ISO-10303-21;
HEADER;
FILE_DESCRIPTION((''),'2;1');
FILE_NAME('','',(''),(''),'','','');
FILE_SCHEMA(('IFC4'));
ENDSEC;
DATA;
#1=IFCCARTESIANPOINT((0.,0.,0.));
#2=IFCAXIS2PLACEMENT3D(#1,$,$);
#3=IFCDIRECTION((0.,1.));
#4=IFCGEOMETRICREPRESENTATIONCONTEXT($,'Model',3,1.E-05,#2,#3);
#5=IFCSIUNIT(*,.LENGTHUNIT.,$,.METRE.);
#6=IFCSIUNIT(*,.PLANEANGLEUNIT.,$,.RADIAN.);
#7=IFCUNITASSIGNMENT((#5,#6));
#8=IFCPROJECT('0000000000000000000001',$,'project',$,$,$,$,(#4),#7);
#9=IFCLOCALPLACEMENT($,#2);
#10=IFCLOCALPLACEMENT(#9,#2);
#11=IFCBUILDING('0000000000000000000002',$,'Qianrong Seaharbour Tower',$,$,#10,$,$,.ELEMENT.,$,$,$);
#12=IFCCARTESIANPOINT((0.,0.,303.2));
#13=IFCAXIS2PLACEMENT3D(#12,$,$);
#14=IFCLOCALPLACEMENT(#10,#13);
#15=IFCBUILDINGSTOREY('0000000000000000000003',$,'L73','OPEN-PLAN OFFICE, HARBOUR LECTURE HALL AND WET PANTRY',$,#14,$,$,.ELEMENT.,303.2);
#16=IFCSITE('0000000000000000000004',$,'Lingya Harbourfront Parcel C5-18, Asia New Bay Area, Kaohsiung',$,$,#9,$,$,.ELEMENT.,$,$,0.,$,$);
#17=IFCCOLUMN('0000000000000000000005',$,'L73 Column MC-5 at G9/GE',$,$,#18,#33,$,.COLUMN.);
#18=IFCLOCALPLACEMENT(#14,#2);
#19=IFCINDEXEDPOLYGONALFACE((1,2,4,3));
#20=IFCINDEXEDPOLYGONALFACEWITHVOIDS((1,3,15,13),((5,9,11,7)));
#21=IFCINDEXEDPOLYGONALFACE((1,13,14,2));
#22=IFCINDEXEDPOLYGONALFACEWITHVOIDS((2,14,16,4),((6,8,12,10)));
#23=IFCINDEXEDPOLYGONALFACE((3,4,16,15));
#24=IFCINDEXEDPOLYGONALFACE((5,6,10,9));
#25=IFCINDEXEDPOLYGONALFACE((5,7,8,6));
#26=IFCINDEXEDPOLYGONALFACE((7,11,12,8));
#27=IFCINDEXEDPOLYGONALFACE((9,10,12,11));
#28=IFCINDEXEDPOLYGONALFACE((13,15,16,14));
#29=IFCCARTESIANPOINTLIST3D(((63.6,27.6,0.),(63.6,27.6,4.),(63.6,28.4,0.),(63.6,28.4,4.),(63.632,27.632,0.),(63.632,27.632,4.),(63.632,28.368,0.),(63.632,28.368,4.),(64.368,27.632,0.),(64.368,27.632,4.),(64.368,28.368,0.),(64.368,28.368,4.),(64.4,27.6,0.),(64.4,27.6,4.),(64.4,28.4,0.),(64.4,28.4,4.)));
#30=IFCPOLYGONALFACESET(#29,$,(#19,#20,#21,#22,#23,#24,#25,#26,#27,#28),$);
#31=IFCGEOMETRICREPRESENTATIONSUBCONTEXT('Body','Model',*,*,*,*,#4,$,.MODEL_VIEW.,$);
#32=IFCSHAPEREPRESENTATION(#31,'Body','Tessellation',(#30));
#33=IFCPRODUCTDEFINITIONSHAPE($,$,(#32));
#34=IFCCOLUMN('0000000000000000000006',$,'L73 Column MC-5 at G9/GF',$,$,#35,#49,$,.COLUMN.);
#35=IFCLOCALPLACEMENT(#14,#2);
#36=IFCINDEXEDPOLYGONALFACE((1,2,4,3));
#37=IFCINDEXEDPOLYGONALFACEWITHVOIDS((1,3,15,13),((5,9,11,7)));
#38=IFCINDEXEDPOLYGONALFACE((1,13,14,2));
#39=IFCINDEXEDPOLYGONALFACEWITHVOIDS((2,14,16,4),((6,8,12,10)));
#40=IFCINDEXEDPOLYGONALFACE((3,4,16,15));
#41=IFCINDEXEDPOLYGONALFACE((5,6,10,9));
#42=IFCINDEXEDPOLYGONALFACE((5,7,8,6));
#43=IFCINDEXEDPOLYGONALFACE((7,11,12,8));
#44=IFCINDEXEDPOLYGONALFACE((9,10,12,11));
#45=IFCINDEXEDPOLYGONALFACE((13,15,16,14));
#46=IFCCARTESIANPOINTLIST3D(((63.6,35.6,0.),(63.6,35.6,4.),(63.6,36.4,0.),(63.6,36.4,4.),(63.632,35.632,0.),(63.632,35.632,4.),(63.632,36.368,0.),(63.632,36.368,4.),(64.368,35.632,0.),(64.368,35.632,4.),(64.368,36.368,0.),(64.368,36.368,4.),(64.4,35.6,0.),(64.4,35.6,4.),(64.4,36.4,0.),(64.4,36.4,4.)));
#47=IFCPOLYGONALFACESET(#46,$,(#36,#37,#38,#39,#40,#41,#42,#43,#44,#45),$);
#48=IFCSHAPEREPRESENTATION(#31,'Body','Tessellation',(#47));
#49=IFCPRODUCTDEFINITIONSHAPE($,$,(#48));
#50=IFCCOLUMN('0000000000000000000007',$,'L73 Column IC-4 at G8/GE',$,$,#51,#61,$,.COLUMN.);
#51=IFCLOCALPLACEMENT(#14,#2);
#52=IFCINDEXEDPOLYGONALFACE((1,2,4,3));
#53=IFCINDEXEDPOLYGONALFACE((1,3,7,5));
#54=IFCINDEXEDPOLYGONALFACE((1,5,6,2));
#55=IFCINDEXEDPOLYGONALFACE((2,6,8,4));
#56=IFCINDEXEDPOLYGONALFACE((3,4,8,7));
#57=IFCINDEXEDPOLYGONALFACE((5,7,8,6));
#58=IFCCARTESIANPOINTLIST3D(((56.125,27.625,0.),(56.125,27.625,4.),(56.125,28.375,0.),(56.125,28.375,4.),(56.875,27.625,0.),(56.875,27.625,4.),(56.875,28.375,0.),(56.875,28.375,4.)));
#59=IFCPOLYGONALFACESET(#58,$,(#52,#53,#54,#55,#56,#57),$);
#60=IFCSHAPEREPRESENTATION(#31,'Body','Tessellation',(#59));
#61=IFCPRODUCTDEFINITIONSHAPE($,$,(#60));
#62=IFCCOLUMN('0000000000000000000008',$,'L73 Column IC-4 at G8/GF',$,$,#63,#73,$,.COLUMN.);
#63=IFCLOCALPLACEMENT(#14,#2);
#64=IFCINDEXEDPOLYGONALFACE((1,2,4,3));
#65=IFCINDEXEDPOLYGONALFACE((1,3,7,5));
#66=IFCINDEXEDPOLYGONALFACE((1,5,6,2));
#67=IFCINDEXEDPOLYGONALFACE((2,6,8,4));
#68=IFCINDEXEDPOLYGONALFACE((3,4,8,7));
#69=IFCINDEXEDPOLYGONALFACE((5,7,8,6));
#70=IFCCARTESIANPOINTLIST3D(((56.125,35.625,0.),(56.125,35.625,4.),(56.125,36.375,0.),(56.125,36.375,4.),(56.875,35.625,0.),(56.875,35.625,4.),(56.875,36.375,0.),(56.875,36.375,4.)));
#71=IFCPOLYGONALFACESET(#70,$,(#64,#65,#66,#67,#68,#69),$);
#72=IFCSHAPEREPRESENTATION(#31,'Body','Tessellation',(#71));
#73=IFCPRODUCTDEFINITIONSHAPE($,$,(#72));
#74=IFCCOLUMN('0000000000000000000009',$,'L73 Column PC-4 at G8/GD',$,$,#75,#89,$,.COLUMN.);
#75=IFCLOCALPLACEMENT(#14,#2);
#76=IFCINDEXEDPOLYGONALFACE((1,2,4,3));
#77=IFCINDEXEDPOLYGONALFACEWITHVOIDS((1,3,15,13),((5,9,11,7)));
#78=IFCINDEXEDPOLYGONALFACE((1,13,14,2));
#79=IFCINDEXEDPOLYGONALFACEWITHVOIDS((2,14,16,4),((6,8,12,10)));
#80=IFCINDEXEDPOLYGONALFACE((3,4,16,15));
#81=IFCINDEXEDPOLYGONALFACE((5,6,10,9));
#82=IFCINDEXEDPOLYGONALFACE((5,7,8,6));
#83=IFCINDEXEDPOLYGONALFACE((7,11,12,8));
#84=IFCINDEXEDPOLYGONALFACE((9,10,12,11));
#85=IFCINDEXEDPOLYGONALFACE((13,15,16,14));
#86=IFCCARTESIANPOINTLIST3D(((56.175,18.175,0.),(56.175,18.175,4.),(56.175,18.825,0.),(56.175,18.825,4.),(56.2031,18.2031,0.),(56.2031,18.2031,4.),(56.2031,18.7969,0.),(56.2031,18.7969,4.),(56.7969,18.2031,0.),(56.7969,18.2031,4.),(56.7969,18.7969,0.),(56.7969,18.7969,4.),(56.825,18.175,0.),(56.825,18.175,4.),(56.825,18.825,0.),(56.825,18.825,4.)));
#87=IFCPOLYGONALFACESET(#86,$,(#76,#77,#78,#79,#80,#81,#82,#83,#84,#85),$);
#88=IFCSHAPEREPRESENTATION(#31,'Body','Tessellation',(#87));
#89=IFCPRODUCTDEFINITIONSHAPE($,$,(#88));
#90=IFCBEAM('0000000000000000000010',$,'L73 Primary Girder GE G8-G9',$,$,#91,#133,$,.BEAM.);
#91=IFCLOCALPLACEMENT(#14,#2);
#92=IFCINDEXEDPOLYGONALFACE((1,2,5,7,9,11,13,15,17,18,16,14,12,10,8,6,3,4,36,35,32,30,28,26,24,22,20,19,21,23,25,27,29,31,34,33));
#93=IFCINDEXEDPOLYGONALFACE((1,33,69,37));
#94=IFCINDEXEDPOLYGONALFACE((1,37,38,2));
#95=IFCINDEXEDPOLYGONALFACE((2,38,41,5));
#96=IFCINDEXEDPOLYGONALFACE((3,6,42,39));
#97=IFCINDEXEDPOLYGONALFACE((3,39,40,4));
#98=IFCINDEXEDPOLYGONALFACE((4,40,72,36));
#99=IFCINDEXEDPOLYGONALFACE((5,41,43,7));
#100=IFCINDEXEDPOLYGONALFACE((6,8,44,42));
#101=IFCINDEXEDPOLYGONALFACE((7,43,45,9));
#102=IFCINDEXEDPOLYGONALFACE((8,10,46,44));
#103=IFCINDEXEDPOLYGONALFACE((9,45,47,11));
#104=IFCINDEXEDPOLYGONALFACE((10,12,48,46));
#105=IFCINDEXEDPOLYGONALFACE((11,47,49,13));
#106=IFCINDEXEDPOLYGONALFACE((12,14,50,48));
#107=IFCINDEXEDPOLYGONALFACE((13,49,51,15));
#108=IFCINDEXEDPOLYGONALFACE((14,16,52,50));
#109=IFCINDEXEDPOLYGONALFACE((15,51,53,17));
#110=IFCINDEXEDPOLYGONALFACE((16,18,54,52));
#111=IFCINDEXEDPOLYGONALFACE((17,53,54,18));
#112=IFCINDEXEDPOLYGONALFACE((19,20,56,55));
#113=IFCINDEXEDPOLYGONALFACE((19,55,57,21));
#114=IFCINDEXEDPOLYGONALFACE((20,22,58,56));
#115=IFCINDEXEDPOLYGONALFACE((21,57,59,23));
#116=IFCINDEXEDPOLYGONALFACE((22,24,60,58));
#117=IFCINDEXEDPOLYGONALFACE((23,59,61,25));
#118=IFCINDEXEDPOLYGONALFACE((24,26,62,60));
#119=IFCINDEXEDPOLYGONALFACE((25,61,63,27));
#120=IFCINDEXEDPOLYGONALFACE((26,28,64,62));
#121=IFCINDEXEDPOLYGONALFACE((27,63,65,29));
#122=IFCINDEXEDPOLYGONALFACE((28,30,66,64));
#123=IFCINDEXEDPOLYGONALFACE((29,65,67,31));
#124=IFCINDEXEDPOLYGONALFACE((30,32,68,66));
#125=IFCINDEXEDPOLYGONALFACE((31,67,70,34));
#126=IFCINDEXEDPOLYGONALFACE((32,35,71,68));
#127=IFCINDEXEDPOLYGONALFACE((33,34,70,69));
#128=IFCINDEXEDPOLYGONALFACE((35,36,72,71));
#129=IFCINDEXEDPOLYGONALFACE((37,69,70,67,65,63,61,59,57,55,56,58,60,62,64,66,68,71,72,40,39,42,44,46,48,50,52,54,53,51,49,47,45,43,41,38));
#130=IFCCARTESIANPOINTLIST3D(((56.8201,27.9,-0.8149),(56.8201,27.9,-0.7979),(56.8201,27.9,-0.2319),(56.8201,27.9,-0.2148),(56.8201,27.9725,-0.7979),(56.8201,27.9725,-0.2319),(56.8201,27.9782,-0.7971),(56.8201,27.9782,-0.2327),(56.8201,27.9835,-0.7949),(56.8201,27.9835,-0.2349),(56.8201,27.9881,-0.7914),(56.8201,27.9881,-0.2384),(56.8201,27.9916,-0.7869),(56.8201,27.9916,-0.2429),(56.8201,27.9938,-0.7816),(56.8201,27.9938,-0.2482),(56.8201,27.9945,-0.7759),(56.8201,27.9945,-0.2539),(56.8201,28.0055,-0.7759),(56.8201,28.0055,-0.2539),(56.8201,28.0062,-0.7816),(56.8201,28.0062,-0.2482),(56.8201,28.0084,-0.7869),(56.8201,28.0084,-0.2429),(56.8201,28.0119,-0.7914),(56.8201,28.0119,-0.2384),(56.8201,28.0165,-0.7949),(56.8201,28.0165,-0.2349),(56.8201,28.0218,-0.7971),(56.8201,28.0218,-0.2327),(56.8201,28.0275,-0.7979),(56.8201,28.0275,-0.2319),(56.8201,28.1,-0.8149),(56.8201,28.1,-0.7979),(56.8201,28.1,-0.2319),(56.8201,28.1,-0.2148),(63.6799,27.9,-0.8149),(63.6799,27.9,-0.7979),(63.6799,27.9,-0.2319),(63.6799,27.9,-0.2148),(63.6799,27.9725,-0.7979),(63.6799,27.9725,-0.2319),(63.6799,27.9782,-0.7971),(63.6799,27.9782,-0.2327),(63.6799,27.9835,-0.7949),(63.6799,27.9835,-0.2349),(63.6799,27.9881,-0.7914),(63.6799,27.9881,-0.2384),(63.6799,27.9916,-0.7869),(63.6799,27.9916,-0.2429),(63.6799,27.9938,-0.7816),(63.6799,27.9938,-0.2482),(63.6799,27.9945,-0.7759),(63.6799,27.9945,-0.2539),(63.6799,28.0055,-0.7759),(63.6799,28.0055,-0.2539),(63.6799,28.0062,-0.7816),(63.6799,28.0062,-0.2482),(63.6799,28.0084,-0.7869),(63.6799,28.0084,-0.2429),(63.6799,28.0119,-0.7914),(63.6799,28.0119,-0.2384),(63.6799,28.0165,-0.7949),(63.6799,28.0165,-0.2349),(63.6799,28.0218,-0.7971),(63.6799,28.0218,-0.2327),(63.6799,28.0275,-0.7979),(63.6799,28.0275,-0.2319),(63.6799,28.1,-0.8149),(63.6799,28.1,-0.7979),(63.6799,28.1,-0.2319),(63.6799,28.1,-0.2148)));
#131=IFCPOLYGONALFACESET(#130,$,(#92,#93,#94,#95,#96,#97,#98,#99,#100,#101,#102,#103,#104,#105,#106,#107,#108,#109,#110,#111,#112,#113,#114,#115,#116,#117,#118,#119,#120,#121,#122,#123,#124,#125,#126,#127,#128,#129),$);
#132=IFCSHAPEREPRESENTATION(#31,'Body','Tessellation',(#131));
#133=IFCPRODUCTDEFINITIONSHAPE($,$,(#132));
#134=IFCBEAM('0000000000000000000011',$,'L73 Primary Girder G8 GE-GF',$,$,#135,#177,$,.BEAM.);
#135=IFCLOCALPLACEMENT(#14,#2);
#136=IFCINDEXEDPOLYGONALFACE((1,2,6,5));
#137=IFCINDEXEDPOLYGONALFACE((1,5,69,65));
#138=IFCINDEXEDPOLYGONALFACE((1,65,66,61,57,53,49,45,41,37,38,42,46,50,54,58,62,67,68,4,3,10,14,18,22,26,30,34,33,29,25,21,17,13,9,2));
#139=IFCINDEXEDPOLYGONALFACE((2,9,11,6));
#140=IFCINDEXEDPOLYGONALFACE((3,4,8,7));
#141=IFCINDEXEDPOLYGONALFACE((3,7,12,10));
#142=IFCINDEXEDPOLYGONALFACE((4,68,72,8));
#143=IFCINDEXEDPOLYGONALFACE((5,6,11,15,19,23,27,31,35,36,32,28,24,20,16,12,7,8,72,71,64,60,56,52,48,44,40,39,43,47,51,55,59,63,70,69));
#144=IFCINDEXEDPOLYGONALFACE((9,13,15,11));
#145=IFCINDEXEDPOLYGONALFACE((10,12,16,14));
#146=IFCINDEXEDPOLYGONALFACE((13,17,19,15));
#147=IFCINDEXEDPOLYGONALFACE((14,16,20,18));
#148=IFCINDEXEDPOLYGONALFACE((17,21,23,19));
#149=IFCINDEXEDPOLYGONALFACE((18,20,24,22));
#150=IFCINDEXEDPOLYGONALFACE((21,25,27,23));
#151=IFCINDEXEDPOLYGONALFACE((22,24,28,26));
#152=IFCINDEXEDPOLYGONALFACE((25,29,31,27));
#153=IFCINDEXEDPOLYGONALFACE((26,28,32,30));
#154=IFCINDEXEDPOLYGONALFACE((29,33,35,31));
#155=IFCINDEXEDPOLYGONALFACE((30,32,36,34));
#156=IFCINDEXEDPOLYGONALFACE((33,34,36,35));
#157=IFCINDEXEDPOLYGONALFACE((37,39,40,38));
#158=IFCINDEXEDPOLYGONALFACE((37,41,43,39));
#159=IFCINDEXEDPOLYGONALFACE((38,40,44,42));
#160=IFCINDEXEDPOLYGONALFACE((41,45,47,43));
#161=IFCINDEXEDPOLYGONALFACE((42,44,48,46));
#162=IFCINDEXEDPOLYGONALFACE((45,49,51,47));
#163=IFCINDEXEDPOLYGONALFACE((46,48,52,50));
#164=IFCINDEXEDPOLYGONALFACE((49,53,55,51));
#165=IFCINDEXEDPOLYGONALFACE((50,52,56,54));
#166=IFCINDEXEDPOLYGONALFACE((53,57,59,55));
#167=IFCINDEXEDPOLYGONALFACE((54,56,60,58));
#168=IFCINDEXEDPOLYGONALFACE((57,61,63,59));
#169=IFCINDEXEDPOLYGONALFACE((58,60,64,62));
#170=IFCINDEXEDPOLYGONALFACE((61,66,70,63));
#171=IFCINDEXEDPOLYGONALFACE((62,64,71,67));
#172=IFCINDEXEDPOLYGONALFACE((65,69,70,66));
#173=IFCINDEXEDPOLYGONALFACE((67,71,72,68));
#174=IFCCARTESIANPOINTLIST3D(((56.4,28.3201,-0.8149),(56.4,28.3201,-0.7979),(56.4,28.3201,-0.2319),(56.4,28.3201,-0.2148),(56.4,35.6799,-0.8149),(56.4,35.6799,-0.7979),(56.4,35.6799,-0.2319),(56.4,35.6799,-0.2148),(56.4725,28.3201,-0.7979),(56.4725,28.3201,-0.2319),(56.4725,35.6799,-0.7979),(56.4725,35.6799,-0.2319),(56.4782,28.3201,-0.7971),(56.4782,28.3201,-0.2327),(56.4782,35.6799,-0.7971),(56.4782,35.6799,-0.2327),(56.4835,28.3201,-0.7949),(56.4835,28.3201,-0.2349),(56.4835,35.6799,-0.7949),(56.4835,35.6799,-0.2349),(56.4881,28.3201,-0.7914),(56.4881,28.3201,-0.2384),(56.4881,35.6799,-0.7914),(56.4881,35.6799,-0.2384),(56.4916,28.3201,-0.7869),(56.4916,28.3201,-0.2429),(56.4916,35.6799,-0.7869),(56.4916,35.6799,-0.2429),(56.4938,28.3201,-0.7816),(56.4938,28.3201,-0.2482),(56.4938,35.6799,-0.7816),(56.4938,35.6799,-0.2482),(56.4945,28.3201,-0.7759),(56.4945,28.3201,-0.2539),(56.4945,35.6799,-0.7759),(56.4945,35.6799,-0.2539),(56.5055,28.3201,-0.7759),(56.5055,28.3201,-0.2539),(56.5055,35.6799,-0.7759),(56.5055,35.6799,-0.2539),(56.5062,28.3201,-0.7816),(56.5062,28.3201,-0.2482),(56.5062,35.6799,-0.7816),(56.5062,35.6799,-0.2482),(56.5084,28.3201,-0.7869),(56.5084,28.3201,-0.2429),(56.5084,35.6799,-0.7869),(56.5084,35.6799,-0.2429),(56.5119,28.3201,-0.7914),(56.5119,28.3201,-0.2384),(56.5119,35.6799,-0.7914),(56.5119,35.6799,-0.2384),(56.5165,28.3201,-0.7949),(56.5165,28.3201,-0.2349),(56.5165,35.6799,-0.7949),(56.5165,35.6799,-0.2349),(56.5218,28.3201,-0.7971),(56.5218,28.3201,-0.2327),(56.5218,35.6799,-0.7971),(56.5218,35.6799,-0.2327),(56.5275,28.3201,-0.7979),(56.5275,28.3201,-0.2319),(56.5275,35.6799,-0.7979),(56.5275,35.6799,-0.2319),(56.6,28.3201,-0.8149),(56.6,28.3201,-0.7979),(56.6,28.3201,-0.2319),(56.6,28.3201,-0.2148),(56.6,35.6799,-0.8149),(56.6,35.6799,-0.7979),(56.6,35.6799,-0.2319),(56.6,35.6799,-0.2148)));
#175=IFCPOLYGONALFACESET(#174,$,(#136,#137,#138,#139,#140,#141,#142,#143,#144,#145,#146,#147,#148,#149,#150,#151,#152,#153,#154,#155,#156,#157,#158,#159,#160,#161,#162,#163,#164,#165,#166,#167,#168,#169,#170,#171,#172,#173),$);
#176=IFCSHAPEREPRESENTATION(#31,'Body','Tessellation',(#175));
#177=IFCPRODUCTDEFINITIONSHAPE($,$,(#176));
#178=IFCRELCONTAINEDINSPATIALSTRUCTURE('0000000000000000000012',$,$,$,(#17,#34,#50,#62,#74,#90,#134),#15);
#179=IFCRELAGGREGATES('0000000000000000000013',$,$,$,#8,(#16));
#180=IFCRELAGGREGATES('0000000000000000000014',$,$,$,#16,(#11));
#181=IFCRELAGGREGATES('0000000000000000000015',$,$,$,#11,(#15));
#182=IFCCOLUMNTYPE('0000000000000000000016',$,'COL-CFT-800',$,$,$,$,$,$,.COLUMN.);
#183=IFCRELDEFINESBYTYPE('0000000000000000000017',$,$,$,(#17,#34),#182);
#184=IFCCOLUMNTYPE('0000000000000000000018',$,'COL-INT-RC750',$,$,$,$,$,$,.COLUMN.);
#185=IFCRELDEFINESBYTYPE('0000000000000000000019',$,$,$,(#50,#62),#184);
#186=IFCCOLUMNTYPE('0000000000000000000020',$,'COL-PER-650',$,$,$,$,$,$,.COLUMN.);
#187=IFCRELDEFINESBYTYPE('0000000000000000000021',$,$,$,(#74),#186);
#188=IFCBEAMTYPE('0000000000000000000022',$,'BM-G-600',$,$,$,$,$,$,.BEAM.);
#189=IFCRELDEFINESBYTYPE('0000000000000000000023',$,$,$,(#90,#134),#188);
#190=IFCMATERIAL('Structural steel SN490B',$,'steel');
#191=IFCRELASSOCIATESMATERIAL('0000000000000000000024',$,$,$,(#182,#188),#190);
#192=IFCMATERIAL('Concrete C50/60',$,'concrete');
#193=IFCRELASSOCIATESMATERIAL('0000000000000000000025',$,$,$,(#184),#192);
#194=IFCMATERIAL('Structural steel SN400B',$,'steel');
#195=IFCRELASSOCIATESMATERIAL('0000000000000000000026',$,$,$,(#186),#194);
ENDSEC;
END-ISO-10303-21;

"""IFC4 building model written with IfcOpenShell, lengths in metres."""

from ifc_helpers import new_model, si_unit, direction, frame, origin, origin_2d, place, context, subcontext, project, spatial, rectangle, hollow_rectangle, i_section, extrude, material, material_profile, profile_set, type_object, element, save


model = new_model("IFC4")

# Units and contexts
model_context = context("Model", 3, precision=1e-05, world=origin(), true_north=direction((0.0, 1.0)))
body_context = subcontext(model_context, "Body", "Model", "MODEL_VIEW")
ifc_project = project(units=[si_unit("LENGTHUNIT", "METRE"), si_unit("PLANEANGLEUNIT", "RADIAN")], contexts=[model_context])

# Site, building, storey
site_placement = place(None, origin())
site = spatial("IfcSite", under=ifc_project, at=site_placement, Name="Lingya Harbourfront Parcel C5-18, Asia New Bay Area, Kaohsiung", CompositionType="ELEMENT", RefElevation=0.0)
building_placement = place(site_placement, origin())
building = spatial("IfcBuilding", under=site, at=building_placement, Name="Qianrong Seaharbour Tower", CompositionType="ELEMENT")
storey_placement = place(building_placement, frame((0.0, 0.0, 303.2)))
storey = spatial("IfcBuildingStorey", under=building, at=storey_placement, Name="L73", Description="OPEN-PLAN OFFICE, HARBOUR LECTURE HALL AND WET PANTRY", CompositionType="ELEMENT", Elevation=303.2)

# Columns
ifc_material_1 = material(Name="Structural steel SN490B", Category="steel")
ifc_material_profile_1 = material_profile(ifc_material_1, hollow_rectangle(XDim=0.8, YDim=0.8, WallThickness=0.032, at=origin_2d()), Name="BOX800x800x32")
ifc_profile_set_1 = profile_set([ifc_material_profile_1], Name="Structural steel SN490B")
column_type_1 = type_object("IfcColumnType", Name="COL-CFT-800", PredefinedType="COLUMN", material=ifc_profile_set_1)
for number, where, z_axis, x_axis, name in (
    (1, (64.0, 28.0, 0.0), (0.0, 0.0, 1.0), (1.0, 0.0, 0.0), "L73 Column MC-5 at G9/GE"),
    (2, (64.0, 36.0, 0.0), (0.0, 0.0, 1.0), (1.0, 0.0, 0.0), "L73 Column MC-5 at G9/GF"),
):
    element("IfcColumn", number, at=place(storey_placement, frame(where, z_axis=z_axis, x_axis=x_axis)), inside=storey, type_object=column_type_1, Name=name, PredefinedType="COLUMN", context=body_context, shape_type="SweptSolid", body=[
        extrude(hollow_rectangle(XDim=0.8, YDim=0.8, WallThickness=0.032, at=origin_2d()), origin(), (0.0, 0.0, 1.0), 4.0),
    ])
ifc_material_2 = material(Name="Concrete C50/60", Category="concrete")
ifc_material_profile_2 = material_profile(ifc_material_2, rectangle(XDim=0.75, YDim=0.75, at=origin_2d()), Name="RC750x750")
ifc_profile_set_2 = profile_set([ifc_material_profile_2], Name="Concrete C50/60")
column_type_2 = type_object("IfcColumnType", Name="COL-INT-RC750", PredefinedType="COLUMN", material=ifc_profile_set_2)
for number, where, z_axis, x_axis, name in (
    (3, (56.5, 28.0, 0.0), (0.0, 0.0, 1.0), (1.0, 0.0, 0.0), "L73 Column IC-4 at G8/GE"),
    (4, (56.5, 36.0, 0.0), (0.0, 0.0, 1.0), (1.0, 0.0, 0.0), "L73 Column IC-4 at G8/GF"),
):
    element("IfcColumn", number, at=place(storey_placement, frame(where, z_axis=z_axis, x_axis=x_axis)), inside=storey, type_object=column_type_2, Name=name, PredefinedType="COLUMN", context=body_context, shape_type="SweptSolid", body=[
        extrude(rectangle(XDim=0.75, YDim=0.75, at=origin_2d()), origin(), (0.0, 0.0, 1.0), 4.0),
    ])
ifc_material_3 = material(Name="Structural steel SN400B", Category="steel")
ifc_material_profile_3 = material_profile(ifc_material_3, hollow_rectangle(XDim=0.6499, YDim=0.6499, WallThickness=0.0281, at=origin_2d()), Name="BOX650x650x28")
ifc_profile_set_3 = profile_set([ifc_material_profile_3], Name="Structural steel SN400B")
column_type_3 = type_object("IfcColumnType", Name="COL-PER-650", PredefinedType="COLUMN", material=ifc_profile_set_3)
column_placement = place(storey_placement, frame((56.5, 18.5, 0.0), z_axis=(0.0, 0.0, 1.0), x_axis=(1.0, 0.0, 0.0)))
element("IfcColumn", 5, at=column_placement, inside=storey, type_object=column_type_3, Name="L73 Column PC-4 at G8/GD", PredefinedType="COLUMN", context=body_context, shape_type="SweptSolid", body=[
    extrude(hollow_rectangle(XDim=0.6499, YDim=0.6499, WallThickness=0.0281, at=origin_2d()), origin(), (0.0, 0.0, 1.0), 4.0),
])

# Beams
ifc_material_profile_4 = material_profile(ifc_material_1, i_section(OverallWidth=0.2, OverallDepth=0.6001, WebThickness=0.011, FlangeThickness=0.0171, FilletRadius=0.022, at=origin_2d()), Name="H600x200x11x17")
ifc_profile_set_4 = profile_set([ifc_material_profile_4], Name="Structural steel SN490B")
beam_type_1 = type_object("IfcBeamType", Name="BM-G-600", PredefinedType="BEAM", material=ifc_profile_set_4)
beam_1_placement = place(storey_placement, frame((56.8201, 28.0, -0.5149), z_axis=(1.0, 0.0, 0.0), x_axis=(0.0, 1.0, 0.0)))
element("IfcBeam", 6, at=beam_1_placement, inside=storey, type_object=beam_type_1, Name="L73 Primary Girder GE G8-G9", PredefinedType="BEAM", context=body_context, shape_type="SweptSolid", body=[
    extrude(i_section(OverallWidth=0.2, OverallDepth=0.6001, WebThickness=0.011, FlangeThickness=0.0171, FilletRadius=0.022, at=origin_2d()), origin(), (0.0, 0.0, 1.0), 6.8599),
])
beam_2_placement = place(storey_placement, frame((56.5, 28.3201, -0.5149), z_axis=(0.0, 1.0, 0.0), x_axis=(-1.0, 0.0, 0.0)))
element("IfcBeam", 7, at=beam_2_placement, inside=storey, type_object=beam_type_1, Name="L73 Primary Girder G8 GE-GF", PredefinedType="BEAM", context=body_context, shape_type="SweptSolid", body=[
    extrude(i_section(OverallWidth=0.2, OverallDepth=0.6001, WebThickness=0.011, FlangeThickness=0.0171, FilletRadius=0.022, at=origin_2d()), origin(), (0.0, 0.0, 1.0), 7.3599),
])

save(model, "model.ifc")
